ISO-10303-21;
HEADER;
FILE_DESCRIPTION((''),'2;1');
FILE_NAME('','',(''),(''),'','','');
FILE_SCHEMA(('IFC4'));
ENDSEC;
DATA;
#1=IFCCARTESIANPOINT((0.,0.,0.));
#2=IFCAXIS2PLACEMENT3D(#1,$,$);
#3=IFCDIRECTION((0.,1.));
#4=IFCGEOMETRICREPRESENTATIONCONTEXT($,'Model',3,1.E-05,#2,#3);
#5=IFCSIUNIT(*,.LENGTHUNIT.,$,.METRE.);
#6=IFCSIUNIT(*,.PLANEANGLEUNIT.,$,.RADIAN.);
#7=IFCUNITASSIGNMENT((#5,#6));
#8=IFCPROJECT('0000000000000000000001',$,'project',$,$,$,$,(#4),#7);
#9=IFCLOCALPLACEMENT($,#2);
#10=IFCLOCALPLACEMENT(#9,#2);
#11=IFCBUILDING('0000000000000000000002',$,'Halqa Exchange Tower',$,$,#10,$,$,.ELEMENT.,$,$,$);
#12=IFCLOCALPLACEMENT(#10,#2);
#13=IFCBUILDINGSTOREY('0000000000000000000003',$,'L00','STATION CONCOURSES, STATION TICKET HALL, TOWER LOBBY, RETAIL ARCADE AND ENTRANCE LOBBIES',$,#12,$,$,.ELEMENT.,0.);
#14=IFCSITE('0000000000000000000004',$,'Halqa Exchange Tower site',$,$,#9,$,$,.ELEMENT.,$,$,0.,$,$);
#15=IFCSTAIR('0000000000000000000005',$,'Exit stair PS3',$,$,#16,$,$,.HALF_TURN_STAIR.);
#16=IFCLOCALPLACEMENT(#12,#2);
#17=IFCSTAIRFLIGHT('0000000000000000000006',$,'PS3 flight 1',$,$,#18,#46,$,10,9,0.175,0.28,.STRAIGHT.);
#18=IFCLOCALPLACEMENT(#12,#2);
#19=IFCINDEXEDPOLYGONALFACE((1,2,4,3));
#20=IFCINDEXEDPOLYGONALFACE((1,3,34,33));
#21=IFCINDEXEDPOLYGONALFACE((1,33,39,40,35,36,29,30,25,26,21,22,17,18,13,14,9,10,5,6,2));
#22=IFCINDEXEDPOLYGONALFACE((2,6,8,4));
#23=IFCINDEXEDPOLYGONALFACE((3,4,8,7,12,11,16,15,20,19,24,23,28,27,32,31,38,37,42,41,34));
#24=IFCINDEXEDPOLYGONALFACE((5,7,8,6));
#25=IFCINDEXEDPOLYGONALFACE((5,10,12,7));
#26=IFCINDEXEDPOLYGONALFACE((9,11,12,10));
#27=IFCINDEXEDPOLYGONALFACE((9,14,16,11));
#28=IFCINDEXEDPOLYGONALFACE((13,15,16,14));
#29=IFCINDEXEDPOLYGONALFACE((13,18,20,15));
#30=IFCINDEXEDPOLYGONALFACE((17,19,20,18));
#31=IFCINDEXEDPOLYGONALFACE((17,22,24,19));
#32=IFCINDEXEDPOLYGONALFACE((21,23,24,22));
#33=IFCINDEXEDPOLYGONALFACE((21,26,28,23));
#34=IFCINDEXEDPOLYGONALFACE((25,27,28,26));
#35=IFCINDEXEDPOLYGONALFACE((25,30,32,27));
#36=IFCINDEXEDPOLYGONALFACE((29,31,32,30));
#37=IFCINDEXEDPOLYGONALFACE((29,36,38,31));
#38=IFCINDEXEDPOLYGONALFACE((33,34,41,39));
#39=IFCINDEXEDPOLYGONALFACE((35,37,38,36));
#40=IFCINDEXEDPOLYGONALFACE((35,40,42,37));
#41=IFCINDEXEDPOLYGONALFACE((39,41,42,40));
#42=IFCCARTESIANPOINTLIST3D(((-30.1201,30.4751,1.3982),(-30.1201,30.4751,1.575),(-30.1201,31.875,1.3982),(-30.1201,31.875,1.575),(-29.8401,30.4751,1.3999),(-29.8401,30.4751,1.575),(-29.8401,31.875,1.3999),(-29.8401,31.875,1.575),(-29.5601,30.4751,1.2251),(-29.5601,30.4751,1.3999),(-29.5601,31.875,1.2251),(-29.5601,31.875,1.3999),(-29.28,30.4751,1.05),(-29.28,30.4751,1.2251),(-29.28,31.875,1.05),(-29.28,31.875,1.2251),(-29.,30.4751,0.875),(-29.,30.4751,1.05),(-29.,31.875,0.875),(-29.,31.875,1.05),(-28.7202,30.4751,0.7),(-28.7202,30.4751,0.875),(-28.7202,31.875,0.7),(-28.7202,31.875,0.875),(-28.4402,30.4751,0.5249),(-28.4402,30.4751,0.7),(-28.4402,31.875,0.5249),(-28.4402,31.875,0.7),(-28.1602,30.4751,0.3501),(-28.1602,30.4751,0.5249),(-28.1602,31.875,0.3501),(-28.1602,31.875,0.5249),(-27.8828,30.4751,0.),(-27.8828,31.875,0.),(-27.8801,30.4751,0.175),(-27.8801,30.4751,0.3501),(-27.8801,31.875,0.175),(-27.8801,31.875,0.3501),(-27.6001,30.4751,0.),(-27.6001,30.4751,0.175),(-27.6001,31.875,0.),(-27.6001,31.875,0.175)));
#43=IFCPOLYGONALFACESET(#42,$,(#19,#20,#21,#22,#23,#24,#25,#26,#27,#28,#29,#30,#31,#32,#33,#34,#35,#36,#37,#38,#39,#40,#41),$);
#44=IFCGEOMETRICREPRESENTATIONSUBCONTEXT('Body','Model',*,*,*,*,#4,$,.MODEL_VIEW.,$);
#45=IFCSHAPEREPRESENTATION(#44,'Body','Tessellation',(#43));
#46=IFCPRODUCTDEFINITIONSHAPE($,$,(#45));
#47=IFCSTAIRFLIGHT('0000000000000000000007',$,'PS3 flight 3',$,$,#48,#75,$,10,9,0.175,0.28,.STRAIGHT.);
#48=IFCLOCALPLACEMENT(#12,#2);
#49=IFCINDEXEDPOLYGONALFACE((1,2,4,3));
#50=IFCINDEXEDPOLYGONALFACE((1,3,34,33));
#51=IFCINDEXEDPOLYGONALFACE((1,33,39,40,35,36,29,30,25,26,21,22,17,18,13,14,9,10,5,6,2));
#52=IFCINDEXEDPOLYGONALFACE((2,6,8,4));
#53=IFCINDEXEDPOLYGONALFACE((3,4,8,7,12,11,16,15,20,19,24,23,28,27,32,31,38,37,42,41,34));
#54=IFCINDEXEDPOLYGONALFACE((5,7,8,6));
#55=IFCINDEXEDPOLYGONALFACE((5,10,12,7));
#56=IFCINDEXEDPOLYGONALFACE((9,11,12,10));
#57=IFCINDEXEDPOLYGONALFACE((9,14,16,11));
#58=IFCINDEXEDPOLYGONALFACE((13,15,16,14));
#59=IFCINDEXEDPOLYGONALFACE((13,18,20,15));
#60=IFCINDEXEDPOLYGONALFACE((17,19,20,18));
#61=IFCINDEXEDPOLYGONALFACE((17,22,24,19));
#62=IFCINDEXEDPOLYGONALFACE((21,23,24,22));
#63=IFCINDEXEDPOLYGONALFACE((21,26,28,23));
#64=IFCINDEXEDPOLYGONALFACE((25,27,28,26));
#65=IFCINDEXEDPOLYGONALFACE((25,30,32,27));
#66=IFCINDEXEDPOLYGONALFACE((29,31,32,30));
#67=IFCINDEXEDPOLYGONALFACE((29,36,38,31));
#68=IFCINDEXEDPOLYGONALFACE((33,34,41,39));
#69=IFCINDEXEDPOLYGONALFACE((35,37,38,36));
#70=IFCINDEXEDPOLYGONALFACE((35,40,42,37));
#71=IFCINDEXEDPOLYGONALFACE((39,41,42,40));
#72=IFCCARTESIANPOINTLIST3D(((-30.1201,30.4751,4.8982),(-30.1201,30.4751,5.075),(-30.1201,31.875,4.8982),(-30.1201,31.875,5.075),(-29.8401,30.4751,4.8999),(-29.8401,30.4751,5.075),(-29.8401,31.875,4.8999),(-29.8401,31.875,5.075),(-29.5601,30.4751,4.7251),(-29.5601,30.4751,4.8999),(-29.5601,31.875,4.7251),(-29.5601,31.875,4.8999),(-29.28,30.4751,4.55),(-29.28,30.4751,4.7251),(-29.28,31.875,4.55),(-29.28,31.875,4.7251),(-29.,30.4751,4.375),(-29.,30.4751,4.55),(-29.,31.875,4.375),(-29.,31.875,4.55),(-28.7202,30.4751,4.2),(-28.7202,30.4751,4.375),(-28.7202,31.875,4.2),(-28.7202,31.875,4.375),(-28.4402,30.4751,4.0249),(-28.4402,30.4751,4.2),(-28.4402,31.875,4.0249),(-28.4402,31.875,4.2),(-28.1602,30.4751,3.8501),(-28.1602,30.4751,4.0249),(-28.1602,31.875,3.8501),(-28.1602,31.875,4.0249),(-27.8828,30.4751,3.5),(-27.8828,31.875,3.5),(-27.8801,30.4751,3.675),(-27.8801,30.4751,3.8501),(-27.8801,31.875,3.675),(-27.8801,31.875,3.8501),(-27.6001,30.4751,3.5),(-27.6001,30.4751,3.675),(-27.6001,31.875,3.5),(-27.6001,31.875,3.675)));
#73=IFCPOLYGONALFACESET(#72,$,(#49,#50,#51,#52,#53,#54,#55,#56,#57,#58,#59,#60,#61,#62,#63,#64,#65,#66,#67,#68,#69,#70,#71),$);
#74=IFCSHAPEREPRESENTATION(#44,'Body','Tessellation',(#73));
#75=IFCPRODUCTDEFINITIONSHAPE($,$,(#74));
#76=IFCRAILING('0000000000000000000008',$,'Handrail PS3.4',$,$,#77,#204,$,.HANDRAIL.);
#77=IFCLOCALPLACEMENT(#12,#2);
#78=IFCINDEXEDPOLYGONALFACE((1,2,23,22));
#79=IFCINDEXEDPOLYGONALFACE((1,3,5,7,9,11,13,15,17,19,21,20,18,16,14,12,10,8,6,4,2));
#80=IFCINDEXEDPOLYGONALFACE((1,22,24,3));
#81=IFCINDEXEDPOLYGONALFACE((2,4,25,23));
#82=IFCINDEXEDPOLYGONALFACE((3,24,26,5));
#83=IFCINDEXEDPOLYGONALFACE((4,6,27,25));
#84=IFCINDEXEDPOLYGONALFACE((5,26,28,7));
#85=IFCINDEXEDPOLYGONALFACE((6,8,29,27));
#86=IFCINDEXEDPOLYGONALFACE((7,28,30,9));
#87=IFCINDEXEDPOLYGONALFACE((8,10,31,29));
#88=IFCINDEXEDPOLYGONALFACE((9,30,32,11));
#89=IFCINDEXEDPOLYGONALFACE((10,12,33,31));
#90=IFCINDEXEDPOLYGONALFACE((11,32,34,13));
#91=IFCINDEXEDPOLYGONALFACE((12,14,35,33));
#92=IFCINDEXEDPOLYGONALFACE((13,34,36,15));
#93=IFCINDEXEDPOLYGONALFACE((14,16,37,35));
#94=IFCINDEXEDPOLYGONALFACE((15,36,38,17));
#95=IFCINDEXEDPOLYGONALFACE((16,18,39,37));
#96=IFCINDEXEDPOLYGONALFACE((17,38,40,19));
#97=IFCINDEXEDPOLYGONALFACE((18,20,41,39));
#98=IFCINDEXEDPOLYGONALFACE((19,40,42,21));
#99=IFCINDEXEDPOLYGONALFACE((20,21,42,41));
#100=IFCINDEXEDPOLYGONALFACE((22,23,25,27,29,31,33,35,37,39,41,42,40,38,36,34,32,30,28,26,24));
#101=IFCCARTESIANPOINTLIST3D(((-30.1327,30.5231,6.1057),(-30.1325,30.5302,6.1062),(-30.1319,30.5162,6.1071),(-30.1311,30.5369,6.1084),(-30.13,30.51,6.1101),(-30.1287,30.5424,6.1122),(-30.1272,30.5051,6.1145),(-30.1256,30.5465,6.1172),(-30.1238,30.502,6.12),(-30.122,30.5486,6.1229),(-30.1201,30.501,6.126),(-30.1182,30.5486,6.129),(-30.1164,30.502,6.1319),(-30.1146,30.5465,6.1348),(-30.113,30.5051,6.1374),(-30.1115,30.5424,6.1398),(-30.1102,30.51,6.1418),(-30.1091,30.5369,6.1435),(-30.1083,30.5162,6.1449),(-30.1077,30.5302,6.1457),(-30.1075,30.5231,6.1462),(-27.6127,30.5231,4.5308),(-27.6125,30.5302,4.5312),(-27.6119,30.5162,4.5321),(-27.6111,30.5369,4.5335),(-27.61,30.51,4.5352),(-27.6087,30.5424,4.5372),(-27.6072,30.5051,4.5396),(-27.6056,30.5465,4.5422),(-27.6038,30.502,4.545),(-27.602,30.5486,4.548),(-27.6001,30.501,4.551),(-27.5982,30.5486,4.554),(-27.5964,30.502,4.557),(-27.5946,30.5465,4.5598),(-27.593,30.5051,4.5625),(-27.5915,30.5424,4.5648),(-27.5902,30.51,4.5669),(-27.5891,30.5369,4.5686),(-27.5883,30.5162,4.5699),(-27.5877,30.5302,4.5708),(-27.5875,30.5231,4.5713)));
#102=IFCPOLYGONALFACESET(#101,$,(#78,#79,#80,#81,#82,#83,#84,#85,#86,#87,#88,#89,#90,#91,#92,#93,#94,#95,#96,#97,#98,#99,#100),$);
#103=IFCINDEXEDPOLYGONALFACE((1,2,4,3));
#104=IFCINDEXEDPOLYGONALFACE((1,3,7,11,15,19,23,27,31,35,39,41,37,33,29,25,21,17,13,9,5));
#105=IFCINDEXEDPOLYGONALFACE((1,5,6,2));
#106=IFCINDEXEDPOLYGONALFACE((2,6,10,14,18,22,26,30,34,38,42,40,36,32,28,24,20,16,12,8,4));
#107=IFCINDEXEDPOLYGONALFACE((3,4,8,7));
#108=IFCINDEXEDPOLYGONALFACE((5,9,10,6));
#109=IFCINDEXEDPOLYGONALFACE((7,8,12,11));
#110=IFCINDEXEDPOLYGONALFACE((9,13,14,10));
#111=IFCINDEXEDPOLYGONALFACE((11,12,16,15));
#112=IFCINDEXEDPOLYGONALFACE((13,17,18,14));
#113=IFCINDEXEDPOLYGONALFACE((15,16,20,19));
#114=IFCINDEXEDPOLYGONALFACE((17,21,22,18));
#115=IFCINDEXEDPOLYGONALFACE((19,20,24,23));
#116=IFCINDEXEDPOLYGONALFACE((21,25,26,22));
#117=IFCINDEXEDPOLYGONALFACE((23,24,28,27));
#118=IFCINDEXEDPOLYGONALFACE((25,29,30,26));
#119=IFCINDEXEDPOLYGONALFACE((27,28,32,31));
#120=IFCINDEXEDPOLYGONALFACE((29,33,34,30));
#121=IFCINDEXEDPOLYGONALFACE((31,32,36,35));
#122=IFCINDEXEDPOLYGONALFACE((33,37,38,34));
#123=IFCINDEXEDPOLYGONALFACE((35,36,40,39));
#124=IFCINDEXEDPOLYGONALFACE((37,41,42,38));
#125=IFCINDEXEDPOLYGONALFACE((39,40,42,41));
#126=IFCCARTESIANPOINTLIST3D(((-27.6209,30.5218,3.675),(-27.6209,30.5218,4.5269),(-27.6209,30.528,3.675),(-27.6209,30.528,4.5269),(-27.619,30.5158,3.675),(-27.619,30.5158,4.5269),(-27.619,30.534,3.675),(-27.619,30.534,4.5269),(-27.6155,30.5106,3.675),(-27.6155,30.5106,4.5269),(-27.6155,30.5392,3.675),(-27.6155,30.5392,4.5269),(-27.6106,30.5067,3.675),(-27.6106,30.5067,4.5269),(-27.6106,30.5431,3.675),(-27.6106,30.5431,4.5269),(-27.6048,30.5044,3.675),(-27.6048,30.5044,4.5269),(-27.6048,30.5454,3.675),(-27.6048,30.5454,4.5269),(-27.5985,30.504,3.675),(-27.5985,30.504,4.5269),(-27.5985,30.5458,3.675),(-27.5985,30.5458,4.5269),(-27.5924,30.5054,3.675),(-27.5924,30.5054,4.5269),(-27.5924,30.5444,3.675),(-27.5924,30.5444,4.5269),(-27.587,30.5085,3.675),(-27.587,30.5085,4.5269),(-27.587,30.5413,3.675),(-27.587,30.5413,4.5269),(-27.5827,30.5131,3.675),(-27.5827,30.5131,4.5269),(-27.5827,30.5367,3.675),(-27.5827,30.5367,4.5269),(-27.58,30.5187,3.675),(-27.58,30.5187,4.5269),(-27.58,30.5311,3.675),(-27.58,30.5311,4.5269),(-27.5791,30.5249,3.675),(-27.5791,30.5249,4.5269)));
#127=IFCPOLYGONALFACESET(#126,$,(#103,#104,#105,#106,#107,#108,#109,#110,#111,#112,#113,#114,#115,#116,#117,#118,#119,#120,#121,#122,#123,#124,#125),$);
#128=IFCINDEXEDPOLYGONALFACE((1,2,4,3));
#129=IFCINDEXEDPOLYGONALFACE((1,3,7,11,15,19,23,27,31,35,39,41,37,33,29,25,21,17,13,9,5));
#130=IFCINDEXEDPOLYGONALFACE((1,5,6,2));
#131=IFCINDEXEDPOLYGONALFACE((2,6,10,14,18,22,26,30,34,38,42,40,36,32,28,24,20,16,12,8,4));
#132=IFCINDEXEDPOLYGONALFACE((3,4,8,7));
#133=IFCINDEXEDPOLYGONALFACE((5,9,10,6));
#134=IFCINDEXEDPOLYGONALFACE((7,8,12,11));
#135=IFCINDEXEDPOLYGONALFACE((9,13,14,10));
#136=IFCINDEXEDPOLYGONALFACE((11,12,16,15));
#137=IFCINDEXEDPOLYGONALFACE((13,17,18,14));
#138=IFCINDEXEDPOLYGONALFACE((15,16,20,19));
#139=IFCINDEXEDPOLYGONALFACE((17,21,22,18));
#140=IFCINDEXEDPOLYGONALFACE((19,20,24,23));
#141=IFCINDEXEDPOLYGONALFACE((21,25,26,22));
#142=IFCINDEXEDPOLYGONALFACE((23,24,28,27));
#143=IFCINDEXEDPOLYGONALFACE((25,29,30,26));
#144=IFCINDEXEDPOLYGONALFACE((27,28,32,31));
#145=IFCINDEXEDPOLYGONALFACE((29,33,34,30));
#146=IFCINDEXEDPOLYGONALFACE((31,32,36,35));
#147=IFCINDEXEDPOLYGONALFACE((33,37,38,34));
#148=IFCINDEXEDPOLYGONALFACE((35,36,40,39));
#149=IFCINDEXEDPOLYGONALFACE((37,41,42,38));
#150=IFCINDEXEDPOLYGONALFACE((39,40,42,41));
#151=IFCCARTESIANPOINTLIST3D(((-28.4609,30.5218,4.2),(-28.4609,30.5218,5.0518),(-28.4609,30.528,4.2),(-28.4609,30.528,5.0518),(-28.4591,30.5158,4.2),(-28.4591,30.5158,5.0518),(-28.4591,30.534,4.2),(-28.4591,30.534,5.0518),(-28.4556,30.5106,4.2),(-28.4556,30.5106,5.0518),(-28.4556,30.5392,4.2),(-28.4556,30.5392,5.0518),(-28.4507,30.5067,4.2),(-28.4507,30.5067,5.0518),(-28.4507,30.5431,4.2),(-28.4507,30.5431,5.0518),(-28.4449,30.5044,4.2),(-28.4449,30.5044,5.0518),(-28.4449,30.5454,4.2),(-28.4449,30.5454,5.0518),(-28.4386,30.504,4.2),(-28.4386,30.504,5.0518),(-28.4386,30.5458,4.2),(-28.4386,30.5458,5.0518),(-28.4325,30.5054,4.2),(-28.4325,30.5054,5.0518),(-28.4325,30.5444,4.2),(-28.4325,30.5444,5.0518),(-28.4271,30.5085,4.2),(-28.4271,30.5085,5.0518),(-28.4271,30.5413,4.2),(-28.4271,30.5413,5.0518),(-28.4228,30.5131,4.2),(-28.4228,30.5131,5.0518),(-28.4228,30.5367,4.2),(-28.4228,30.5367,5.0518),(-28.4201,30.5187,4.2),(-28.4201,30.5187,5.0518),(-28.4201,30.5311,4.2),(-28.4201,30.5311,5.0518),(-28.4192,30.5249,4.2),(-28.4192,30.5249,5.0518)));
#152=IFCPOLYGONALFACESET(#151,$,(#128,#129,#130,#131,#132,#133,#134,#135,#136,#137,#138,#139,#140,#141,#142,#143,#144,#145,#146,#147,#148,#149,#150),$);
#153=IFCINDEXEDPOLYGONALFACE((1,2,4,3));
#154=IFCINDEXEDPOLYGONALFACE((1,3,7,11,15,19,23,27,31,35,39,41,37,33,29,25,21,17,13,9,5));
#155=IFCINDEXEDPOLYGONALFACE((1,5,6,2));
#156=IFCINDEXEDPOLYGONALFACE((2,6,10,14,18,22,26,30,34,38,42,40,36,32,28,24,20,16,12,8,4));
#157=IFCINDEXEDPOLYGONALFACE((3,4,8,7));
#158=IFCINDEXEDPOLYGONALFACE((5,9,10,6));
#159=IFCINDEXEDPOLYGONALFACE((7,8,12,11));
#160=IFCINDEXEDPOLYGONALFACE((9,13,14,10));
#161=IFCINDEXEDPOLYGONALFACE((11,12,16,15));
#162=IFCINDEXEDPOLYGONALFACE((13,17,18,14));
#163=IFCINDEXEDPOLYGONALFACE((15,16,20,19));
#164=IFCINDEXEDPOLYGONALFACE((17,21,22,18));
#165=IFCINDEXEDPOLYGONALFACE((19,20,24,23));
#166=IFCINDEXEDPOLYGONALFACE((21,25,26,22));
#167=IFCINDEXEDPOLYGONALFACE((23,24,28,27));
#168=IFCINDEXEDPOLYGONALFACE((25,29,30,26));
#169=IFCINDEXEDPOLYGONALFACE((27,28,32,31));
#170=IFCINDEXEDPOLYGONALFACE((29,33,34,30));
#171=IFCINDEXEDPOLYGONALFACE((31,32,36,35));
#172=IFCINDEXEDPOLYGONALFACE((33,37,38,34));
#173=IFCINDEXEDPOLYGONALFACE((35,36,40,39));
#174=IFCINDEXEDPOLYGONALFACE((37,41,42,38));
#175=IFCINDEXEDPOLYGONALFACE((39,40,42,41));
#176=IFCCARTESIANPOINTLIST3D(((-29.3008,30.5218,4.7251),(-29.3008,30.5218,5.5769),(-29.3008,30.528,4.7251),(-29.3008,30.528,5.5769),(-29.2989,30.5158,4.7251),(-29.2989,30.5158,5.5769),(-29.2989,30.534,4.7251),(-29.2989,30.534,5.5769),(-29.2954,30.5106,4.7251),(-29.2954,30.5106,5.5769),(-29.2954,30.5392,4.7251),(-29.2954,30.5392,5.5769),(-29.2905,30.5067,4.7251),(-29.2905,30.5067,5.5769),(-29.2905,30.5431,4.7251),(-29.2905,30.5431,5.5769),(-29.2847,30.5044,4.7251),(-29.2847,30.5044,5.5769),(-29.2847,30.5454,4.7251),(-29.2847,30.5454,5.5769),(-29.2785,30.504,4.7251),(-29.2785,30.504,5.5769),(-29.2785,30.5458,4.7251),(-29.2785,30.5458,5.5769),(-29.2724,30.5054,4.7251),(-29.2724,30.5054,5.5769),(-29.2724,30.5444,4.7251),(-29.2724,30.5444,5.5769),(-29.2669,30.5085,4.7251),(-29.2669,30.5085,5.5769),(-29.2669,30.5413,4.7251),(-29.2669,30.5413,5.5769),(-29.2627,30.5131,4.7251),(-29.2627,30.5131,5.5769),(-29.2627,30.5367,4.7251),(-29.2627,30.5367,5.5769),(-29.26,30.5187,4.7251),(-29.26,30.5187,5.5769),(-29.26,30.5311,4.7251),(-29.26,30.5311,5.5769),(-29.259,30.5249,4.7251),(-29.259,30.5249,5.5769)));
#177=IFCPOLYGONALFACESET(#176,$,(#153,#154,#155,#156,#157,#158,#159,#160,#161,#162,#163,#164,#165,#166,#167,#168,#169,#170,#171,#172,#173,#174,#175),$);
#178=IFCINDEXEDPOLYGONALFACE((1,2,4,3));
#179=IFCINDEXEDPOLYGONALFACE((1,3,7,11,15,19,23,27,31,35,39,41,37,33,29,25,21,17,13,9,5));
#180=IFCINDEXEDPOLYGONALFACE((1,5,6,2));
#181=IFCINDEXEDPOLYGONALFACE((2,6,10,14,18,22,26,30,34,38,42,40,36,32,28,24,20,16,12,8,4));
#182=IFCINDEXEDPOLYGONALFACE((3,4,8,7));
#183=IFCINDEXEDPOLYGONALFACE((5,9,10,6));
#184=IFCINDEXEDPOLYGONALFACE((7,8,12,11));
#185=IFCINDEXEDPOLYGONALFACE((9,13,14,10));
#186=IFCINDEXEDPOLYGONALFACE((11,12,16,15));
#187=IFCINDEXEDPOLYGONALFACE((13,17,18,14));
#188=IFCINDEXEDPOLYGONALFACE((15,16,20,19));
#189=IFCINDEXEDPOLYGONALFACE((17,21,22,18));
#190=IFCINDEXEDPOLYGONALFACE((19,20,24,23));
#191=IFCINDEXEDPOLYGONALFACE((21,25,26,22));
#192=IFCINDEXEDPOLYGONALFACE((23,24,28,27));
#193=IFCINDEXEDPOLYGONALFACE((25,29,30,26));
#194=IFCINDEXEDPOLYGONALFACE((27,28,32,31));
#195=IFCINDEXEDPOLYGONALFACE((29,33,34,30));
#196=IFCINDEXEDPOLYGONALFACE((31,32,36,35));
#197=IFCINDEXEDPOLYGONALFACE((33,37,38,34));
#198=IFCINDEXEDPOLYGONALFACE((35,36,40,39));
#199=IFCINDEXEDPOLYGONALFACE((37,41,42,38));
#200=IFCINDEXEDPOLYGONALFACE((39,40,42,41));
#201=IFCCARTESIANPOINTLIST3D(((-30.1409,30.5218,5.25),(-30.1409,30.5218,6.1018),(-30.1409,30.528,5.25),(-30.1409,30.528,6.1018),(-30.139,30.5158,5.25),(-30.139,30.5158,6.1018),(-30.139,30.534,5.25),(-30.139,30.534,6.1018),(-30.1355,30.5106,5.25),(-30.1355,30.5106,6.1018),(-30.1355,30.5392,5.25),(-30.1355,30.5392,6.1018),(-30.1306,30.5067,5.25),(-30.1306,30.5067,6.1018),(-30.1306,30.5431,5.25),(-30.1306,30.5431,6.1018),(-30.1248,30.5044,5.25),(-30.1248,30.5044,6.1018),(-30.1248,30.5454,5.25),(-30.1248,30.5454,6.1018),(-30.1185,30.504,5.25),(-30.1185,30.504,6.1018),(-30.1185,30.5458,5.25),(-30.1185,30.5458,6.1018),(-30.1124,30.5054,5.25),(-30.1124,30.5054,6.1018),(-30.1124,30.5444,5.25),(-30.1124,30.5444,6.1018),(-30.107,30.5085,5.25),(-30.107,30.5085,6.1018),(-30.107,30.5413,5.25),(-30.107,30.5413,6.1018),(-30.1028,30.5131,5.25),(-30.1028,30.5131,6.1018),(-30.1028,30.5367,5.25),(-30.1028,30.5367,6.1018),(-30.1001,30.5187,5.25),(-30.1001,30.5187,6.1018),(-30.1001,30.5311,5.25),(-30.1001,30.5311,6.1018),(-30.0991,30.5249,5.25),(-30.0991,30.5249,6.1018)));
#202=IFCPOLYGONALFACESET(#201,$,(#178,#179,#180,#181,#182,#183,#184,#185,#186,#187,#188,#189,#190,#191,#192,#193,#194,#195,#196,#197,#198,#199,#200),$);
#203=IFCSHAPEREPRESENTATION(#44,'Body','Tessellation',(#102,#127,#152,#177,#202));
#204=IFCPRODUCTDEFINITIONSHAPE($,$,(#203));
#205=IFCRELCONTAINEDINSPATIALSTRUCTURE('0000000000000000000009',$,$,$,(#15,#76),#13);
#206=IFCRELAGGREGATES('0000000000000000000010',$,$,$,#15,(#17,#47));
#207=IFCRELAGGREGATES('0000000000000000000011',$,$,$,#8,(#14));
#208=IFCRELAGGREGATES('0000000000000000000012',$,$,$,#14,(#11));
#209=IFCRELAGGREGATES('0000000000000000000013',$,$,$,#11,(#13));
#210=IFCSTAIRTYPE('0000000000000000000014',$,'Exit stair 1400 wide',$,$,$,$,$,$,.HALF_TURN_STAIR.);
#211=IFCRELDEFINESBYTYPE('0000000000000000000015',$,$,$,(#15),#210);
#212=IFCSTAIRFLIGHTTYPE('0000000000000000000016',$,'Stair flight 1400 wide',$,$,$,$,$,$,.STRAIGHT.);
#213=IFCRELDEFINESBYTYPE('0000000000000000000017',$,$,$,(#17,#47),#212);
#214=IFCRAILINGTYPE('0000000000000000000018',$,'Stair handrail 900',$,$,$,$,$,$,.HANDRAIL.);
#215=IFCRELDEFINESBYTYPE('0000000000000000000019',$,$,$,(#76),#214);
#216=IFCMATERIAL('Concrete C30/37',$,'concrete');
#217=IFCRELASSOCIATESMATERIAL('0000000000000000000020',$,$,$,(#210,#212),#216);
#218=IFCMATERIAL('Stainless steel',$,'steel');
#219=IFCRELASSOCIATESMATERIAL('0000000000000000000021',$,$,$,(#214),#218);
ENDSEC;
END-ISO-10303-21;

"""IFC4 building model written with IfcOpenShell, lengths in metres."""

from ifc_helpers import new_model, si_unit, direction, frame, origin, origin_2d, place, context, subcontext, project, spatial, polyline, circle, outline, extrude, material, type_object, element, aggregate, save


model = new_model("IFC4")

# Units and contexts
model_context = context("Model", 3, precision=1e-05, world=origin(), true_north=direction((0.0, 1.0)))
body_context = subcontext(model_context, "Body", "Model", "MODEL_VIEW")
ifc_project = project(units=[si_unit("LENGTHUNIT", "METRE"), si_unit("PLANEANGLEUNIT", "RADIAN")], contexts=[model_context])

# Site, building, storey
site_placement = place(None, origin())
site = spatial("IfcSite", under=ifc_project, at=site_placement, Name="Halqa Exchange Tower site", CompositionType="ELEMENT", RefElevation=0.0)
building_placement = place(site_placement, origin())
building = spatial("IfcBuilding", under=site, at=building_placement, Name="Halqa Exchange Tower", CompositionType="ELEMENT")
storey_placement = place(building_placement, origin())
storey = spatial("IfcBuildingStorey", under=building, at=storey_placement, Name="L00", Description="STATION CONCOURSES, STATION TICKET HALL, TOWER LOBBY, RETAIL ARCADE AND ENTRANCE LOBBIES", CompositionType="ELEMENT", Elevation=0.0)

# Shared definitions
ifc_material_1 = material(Name="Concrete C30/37", Category="concrete")

# Stair, stair flights
stair_type = type_object("IfcStairType", Name="Exit stair 1400 wide", PredefinedType="HALF_TURN_STAIR", material=ifc_material_1)
stair_placement = place(storey_placement, origin())
stair = element("IfcStair", 1, at=stair_placement, inside=storey, type_object=stair_type, Name="Exit stair PS3", PredefinedType="HALF_TURN_STAIR")
stair_flight_type = type_object("IfcStairFlightType", Name="Stair flight 1400 wide", PredefinedType="STRAIGHT", material=ifc_material_1)
stair_flight_1_placement = place(storey_placement, frame((-27.6001, 31.175, 0.0), z_axis=(0.0, 0.0, 1.0), x_axis=(-1.0, 0.0, 0.0)))
stair_flight_1 = element("IfcStairFlight", 2, at=stair_flight_1_placement, type_object=stair_flight_type, Name="PS3 flight 1", NumberOfRisers=10, NumberOfTreads=9, PredefinedType="STRAIGHT", RiserHeight=0.175, TreadLength=0.28, context=body_context, shape_type="SweptSolid", body=[
    extrude(outline(polyline([(0.0, 0.0), (0.0, 0.175), (0.28, 0.175), (0.28, 0.3501), (0.5601, 0.3501), (0.5601, 0.5249), (0.8401, 0.5249), (0.8401, 0.7), (1.1201, 0.7), (1.1201, 0.875), (1.3999, 0.875), (1.3999, 1.05), (1.6799, 1.05), (1.6799, 1.2251), (1.96, 1.2251), (1.96, 1.3999), (2.24, 1.3999), (2.24, 1.575), (2.52, 1.575), (2.52, 1.75), (2.52, 1.3982), (0.2827, 0.0), (0.0, 0.0)])), frame((0.0, 0.7, 0.0), z_axis=(0.0, -1.0, 0.0), x_axis=(1.0, 0.0, 0.0)), (0.0, 0.0, 1.0), 1.3999),
])
stair_flight_2_placement = place(storey_placement, frame((-27.6001, 31.175, 3.5), z_axis=(0.0, 0.0, 1.0), x_axis=(-1.0, 0.0, 0.0)))
stair_flight_2 = element("IfcStairFlight", 3, at=stair_flight_2_placement, type_object=stair_flight_type, Name="PS3 flight 3", NumberOfRisers=10, NumberOfTreads=9, PredefinedType="STRAIGHT", RiserHeight=0.175, TreadLength=0.28, context=body_context, shape_type="SweptSolid", body=[
    extrude(outline(polyline([(0.0, 0.0), (0.0, 0.175), (0.28, 0.175), (0.28, 0.3501), (0.5601, 0.3501), (0.5601, 0.5249), (0.8401, 0.5249), (0.8401, 0.7), (1.1201, 0.7), (1.1201, 0.875), (1.3999, 0.875), (1.3999, 1.05), (1.6799, 1.05), (1.6799, 1.2251), (1.96, 1.2251), (1.96, 1.3999), (2.24, 1.3999), (2.24, 1.575), (2.52, 1.575), (2.52, 1.75), (2.52, 1.3982), (0.2827, 0.0), (0.0, 0.0)])), frame((0.0, 0.7, 0.0), z_axis=(0.0, -1.0, 0.0), x_axis=(1.0, 0.0, 0.0)), (0.0, 0.0, 1.0), 1.3999),
])
aggregate(stair, [stair_flight_1, stair_flight_2])

# Railing
ifc_material_2 = material(Name="Stainless steel", Category="steel")
railing_type = type_object("IfcRailingType", Name="Stair handrail 900", PredefinedType="HANDRAIL", material=ifc_material_2)
railing_placement = place(storey_placement, frame((-27.6001, 30.5249, 3.675)))
element("IfcRailing", 4, at=railing_placement, inside=storey, type_object=railing_type, Name="Handrail PS3.4", PredefinedType="HANDRAIL", context=body_context, shape_type="SweptSolid", body=[
    extrude(circle(Radius=0.0239, at=origin_2d()), frame((0.0, 0.0, 0.876), z_axis=(-0.848008, 0.0, 0.529984), x_axis=(0.0, -1.0, 0.0)), (0.0, 0.0, 1.0), 2.9717),
    extrude(circle(Radius=0.021, at=origin_2d()), origin(), (0.0, 0.0, 1.0), 0.8518),
    extrude(circle(Radius=0.021, at=origin_2d()), frame((-0.8401, 0.0, 0.5249)), (0.0, 0.0, 1.0), 0.8518),
    extrude(circle(Radius=0.021, at=origin_2d()), frame((-1.6799, 0.0, 1.05)), (0.0, 0.0, 1.0), 0.8518),
    extrude(circle(Radius=0.021, at=origin_2d()), frame((-2.52, 0.0, 1.575)), (0.0, 0.0, 1.0), 0.8518),
])

save(model, "model.ifc")
